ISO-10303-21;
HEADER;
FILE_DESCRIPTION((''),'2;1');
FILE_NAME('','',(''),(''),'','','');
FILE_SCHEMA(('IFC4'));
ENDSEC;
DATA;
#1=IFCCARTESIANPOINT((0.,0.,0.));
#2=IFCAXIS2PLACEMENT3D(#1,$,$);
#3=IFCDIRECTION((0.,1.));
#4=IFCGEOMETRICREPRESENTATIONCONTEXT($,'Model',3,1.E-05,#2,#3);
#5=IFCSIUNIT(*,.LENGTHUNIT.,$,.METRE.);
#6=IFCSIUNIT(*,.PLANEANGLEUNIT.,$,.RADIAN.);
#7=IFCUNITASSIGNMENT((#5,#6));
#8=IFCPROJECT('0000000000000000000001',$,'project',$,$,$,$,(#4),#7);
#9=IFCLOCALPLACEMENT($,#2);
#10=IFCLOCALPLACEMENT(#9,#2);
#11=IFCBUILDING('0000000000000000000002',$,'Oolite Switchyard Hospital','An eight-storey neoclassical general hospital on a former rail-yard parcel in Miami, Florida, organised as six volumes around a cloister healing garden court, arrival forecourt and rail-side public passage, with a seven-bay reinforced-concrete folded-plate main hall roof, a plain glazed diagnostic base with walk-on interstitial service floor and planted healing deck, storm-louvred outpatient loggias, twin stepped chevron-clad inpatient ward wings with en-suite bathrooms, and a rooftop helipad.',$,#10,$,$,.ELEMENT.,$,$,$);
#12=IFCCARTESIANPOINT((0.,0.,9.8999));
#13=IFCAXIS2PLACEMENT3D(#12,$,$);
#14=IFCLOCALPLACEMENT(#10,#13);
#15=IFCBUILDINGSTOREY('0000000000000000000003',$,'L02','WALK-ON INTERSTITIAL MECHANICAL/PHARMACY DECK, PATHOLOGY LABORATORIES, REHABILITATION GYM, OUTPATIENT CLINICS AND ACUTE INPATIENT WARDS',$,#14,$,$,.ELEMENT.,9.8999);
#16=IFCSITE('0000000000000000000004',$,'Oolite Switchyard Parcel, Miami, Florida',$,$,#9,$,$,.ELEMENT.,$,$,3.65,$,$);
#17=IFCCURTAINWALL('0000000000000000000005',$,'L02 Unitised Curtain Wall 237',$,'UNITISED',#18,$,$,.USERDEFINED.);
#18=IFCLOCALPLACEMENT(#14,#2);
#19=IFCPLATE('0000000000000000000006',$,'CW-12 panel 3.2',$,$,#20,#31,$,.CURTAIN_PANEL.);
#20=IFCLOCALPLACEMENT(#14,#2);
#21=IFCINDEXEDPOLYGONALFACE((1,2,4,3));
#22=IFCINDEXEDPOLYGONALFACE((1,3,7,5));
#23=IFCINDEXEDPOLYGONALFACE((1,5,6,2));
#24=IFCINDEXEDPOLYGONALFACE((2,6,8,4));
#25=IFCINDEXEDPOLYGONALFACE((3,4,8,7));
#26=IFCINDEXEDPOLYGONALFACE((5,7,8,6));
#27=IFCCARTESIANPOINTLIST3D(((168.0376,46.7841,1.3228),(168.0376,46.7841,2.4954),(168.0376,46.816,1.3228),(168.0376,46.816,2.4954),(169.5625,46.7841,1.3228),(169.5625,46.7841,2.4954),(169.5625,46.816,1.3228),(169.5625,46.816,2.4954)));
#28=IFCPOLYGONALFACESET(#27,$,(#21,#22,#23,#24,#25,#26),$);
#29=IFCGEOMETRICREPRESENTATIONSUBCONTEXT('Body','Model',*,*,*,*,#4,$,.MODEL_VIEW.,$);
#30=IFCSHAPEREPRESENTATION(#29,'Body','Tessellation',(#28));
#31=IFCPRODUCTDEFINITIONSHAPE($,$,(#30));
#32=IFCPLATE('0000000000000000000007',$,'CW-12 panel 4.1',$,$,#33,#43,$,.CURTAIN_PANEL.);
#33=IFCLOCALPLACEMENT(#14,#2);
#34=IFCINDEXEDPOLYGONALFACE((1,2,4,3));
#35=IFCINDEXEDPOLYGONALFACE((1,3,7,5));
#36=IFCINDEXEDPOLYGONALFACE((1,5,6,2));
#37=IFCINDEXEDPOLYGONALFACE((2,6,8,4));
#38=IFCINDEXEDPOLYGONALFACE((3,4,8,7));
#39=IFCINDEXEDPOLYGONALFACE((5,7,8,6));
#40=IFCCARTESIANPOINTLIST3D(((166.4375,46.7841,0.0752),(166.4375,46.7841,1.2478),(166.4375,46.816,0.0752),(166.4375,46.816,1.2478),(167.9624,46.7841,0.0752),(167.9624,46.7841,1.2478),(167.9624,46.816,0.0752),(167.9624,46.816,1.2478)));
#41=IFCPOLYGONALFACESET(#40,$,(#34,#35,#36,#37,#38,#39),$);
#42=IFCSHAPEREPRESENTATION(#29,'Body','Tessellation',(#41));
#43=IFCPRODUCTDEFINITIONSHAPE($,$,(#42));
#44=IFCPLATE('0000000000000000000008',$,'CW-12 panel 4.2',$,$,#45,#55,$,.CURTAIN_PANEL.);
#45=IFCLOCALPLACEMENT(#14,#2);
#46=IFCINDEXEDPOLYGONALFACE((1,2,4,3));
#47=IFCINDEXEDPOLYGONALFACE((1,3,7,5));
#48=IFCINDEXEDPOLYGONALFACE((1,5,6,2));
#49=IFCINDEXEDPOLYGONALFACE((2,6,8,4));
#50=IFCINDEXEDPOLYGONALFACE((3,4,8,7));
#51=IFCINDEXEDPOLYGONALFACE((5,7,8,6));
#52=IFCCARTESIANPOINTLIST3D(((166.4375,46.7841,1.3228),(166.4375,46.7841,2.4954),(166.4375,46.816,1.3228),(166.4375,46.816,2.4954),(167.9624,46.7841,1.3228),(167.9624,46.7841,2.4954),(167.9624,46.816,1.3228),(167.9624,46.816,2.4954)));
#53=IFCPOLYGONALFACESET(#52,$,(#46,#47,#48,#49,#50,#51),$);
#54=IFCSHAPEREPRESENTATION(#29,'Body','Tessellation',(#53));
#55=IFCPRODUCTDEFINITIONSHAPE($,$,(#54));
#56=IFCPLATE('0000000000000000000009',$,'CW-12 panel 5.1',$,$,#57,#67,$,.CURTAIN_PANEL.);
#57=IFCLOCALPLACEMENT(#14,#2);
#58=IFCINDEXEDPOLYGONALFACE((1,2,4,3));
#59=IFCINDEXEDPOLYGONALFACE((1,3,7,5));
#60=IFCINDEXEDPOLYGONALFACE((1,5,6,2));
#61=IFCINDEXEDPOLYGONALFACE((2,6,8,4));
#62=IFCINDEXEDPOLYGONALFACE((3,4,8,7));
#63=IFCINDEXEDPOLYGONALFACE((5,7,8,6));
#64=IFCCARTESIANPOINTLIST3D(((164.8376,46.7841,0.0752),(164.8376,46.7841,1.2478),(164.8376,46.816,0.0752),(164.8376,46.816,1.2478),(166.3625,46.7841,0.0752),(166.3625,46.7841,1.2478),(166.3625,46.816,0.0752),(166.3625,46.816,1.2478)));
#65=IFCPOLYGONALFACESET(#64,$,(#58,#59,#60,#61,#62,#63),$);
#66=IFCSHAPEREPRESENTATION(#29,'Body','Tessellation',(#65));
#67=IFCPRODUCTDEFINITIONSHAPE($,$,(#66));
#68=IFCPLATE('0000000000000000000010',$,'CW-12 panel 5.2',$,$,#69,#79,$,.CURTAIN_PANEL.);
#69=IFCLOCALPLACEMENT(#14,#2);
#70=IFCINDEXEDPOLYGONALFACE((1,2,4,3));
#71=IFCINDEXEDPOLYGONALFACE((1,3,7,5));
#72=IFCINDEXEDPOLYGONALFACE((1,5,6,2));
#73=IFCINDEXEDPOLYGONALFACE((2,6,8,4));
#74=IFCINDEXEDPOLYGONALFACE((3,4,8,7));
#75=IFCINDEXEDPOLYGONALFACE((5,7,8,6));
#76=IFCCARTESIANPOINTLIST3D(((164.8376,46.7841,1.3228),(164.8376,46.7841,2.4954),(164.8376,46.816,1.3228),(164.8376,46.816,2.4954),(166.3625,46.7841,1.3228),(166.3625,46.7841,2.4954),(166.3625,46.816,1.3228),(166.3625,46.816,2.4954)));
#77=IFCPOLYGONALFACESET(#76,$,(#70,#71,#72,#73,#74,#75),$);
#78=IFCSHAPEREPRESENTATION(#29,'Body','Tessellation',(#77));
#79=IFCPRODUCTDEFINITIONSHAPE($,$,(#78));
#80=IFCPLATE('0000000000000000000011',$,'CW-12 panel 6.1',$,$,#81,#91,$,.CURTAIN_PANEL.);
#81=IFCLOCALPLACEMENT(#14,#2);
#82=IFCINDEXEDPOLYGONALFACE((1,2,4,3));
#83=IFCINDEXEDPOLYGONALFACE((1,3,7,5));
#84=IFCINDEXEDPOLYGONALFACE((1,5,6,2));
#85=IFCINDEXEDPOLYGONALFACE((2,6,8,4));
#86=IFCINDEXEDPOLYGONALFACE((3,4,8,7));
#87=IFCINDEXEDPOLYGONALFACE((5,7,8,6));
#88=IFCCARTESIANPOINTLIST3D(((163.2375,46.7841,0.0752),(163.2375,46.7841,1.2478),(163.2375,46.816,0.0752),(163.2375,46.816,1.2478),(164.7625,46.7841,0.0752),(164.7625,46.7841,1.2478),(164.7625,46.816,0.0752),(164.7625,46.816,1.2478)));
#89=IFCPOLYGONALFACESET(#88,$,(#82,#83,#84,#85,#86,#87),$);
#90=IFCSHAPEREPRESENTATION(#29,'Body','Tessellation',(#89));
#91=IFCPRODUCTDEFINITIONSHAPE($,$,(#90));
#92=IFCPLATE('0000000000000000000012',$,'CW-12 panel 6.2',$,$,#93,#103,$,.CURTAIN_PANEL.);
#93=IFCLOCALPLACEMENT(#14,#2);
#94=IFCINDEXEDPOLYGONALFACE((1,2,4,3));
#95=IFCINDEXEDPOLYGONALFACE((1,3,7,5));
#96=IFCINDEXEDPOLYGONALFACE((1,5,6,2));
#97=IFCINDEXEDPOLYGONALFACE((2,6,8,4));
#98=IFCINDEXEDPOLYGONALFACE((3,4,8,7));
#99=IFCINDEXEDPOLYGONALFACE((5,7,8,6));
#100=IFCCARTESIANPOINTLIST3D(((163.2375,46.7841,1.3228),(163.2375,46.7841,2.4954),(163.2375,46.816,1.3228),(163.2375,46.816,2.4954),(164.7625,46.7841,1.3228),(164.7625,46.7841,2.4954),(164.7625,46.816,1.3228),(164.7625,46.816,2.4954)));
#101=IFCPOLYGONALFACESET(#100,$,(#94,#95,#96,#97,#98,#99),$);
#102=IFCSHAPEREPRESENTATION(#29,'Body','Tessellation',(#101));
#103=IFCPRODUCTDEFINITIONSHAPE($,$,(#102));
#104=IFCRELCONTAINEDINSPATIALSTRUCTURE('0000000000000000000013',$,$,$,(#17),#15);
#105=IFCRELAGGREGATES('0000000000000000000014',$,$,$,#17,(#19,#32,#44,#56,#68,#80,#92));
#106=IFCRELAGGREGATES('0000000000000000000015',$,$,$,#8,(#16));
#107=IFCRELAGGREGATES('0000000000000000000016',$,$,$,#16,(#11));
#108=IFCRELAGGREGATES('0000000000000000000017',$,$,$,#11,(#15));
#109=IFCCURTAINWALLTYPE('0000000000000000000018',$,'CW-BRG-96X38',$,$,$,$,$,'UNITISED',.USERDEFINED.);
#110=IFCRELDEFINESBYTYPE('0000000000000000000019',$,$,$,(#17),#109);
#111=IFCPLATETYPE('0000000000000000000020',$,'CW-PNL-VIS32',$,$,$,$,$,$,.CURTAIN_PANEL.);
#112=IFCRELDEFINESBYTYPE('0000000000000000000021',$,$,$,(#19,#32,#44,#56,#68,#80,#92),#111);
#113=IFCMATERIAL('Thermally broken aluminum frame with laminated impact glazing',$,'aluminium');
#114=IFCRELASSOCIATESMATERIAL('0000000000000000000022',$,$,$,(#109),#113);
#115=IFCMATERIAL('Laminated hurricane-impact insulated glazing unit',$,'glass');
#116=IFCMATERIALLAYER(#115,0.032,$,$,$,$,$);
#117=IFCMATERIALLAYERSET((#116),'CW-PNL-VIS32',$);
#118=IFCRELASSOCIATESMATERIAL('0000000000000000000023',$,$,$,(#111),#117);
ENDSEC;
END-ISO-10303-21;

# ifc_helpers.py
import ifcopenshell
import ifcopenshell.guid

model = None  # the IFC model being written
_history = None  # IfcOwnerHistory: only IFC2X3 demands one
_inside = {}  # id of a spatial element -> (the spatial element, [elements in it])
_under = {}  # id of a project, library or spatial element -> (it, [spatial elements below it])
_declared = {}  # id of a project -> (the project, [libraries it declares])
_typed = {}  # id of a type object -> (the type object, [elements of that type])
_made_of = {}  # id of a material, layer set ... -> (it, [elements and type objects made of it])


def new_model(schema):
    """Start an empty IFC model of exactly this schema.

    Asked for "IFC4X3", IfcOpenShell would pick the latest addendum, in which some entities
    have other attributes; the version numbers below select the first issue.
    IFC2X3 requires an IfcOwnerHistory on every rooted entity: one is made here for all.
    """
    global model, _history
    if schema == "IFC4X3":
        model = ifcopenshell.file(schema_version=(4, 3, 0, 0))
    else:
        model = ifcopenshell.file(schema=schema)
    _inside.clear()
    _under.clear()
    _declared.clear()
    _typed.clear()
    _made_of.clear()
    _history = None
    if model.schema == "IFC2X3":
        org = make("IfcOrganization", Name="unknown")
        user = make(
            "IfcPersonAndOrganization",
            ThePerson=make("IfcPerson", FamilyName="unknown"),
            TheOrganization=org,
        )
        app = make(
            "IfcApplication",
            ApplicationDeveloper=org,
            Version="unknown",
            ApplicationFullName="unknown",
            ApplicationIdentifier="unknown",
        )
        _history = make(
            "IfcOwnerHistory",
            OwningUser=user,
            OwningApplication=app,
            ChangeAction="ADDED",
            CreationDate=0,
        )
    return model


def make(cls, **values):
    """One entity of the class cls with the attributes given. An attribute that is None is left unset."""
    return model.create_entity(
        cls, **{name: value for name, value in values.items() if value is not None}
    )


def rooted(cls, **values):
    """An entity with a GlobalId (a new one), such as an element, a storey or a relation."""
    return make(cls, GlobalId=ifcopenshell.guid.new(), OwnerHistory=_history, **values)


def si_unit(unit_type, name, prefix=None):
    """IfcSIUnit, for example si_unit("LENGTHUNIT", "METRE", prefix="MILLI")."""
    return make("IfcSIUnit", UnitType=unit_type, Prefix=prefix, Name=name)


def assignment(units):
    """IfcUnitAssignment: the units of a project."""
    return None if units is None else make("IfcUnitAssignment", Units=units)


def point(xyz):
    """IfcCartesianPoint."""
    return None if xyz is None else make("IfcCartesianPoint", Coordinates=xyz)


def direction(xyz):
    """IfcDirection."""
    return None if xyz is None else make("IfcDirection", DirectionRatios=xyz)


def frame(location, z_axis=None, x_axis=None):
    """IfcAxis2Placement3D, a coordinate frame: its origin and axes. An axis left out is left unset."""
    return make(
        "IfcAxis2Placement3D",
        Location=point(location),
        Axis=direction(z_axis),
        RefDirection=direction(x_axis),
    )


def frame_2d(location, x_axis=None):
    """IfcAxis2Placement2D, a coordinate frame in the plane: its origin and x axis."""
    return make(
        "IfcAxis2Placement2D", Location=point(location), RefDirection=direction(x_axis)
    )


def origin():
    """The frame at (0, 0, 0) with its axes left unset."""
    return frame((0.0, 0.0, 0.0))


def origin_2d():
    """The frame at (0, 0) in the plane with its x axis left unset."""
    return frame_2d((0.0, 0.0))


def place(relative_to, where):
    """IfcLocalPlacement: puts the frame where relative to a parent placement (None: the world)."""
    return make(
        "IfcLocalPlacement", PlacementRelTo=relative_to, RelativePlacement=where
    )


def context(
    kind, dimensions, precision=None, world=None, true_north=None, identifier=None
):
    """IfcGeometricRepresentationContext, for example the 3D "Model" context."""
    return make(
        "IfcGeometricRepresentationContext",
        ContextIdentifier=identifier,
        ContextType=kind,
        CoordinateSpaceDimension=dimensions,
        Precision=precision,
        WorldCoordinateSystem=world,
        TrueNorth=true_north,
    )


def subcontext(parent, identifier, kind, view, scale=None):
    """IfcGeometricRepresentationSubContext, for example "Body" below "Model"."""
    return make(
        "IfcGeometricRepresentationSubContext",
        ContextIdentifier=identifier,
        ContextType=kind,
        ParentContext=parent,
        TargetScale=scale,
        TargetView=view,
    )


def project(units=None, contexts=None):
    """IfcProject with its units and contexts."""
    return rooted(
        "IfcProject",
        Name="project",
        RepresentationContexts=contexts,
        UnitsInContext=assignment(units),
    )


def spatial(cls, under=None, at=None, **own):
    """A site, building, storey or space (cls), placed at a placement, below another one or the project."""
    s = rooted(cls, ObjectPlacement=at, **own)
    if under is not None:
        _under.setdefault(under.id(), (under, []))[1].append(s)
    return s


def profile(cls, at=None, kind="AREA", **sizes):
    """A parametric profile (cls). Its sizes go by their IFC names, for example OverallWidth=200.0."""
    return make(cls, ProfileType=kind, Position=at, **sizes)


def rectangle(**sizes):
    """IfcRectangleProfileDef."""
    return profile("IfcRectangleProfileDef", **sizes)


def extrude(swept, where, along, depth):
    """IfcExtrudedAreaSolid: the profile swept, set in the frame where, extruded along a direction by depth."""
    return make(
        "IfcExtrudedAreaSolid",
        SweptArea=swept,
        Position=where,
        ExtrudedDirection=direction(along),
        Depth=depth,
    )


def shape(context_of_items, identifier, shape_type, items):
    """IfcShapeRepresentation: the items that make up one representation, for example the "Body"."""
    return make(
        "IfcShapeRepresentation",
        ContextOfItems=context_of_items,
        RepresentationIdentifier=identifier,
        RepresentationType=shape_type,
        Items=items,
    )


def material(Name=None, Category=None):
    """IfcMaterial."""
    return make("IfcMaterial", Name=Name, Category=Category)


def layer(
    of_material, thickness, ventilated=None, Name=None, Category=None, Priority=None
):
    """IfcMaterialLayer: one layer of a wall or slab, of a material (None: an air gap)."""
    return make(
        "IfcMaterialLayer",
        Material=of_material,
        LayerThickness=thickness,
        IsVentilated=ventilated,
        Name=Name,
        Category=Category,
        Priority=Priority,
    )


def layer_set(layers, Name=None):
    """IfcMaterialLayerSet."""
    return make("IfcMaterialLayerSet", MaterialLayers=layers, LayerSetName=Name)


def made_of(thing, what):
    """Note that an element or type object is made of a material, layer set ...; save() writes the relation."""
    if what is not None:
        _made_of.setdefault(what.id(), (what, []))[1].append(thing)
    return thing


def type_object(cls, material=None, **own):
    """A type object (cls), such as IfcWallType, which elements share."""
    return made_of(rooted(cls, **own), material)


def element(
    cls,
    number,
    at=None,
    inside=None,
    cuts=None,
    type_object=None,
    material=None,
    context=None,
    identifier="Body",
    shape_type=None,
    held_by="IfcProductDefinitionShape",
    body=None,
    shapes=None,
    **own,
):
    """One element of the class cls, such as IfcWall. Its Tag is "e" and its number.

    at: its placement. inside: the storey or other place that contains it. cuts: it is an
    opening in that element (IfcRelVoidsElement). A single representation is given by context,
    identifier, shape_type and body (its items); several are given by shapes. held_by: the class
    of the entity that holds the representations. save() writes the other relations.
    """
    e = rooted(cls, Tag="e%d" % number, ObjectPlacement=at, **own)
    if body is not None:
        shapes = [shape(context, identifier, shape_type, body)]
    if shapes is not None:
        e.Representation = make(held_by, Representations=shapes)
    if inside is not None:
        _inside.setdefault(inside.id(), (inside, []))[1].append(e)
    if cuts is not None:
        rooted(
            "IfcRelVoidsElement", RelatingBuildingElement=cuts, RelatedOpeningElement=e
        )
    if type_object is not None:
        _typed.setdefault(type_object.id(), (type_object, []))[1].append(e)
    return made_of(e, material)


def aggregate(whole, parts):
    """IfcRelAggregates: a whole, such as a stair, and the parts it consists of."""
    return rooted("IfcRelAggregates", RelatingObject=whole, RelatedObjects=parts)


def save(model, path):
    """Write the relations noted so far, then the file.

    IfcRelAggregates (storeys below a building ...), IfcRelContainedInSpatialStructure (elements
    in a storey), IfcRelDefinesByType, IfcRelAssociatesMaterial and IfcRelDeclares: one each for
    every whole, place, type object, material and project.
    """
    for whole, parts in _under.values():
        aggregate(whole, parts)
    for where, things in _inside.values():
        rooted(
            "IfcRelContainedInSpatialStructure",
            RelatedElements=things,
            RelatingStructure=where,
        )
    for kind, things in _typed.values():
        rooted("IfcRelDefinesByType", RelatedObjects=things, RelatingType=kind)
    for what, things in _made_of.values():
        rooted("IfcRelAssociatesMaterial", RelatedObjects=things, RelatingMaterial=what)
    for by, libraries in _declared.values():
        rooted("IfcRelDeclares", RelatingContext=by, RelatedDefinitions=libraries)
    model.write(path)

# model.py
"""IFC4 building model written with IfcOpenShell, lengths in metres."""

from ifc_helpers import new_model, si_unit, direction, frame, origin, origin_2d, place, context, subcontext, project, spatial, rectangle, extrude, material, layer, layer_set, type_object, element, aggregate, save


model = new_model("IFC4")

# Units and contexts
model_context = context("Model", 3, precision=1e-05, world=origin(), true_north=direction((0.0, 1.0)))
body_context = subcontext(model_context, "Body", "Model", "MODEL_VIEW")
ifc_project = project(units=[si_unit("LENGTHUNIT", "METRE"), si_unit("PLANEANGLEUNIT", "RADIAN")], contexts=[model_context])

# Site, building, storey
site_placement = place(None, origin())
site = spatial("IfcSite", under=ifc_project, at=site_placement, Name="Oolite Switchyard Parcel, Miami, Florida", CompositionType="ELEMENT", RefElevation=3.65)
building_placement = place(site_placement, origin())
building = spatial("IfcBuilding", under=site, at=building_placement, Name="Oolite Switchyard Hospital", Description="An eight-storey neoclassical general hospital on a former rail-yard parcel in Miami, Florida, organised as six volumes around a cloister healing garden court, arrival forecourt and rail-side public passage, with a seven-bay reinforced-concrete folded-plate main hall roof, a plain glazed diagnostic base with walk-on interstitial service floor and planted healing deck, storm-louvred outpatient loggias, twin stepped chevron-clad inpatient ward wings with en-suite bathrooms, and a rooftop helipad.", CompositionType="ELEMENT")
storey_placement = place(building_placement, frame((0.0, 0.0, 9.8999)))
storey = spatial("IfcBuildingStorey", under=building, at=storey_placement, Name="L02", Description="WALK-ON INTERSTITIAL MECHANICAL/PHARMACY DECK, PATHOLOGY LABORATORIES, REHABILITATION GYM, OUTPATIENT CLINICS AND ACUTE INPATIENT WARDS", CompositionType="ELEMENT", Elevation=9.8999)

# Curtain wall
ifc_material_1 = material(Name="Thermally broken aluminum frame with laminated impact glazing", Category="aluminium")
curtain_wall_type = type_object("IfcCurtainWallType", Name="CW-BRG-96X38", ElementType="UNITISED", PredefinedType="USERDEFINED", material=ifc_material_1)
curtain_wall_1_placement = place(storey_placement, origin())
curtain_wall_1 = element("IfcCurtainWall", 1, at=curtain_wall_1_placement, inside=storey, type_object=curtain_wall_type, Name="L02 Unitised Curtain Wall 237", ObjectType="UNITISED", PredefinedType="USERDEFINED")

# Shared definitions
ifc_material_2 = material(Name="Laminated hurricane-impact insulated glazing unit", Category="glass")
ifc_layer = layer(ifc_material_2, 0.032)
ifc_layer_set = layer_set([ifc_layer], Name="CW-PNL-VIS32")
plate_type = type_object("IfcPlateType", Name="CW-PNL-VIS32", PredefinedType="CURTAIN_PANEL", material=ifc_layer_set)

# Plates
plate_1_placement = place(storey_placement, frame((168.8, 46.8, 1.3228), z_axis=(0.0, 0.0, 1.0), x_axis=(-1.0, 0.0, 0.0)))
plate_1 = element("IfcPlate", 2, at=plate_1_placement, type_object=plate_type, Name="CW-12 panel 3.2", PredefinedType="CURTAIN_PANEL", context=body_context, shape_type="SweptSolid", body=[
    extrude(rectangle(XDim=1.5249, YDim=0.032, at=origin_2d()), origin(), (0.0, 0.0, 1.0), 1.1726),
])
plate_2_placement = place(storey_placement, frame((167.2, 46.8, 0.0752), z_axis=(0.0, 0.0, 1.0), x_axis=(-1.0, 0.0, 0.0)))
plate_2 = element("IfcPlate", 3, at=plate_2_placement, type_object=plate_type, Name="CW-12 panel 4.1", PredefinedType="CURTAIN_PANEL", context=body_context, shape_type="SweptSolid", body=[
    extrude(rectangle(XDim=1.5249, YDim=0.032, at=origin_2d()), origin(), (0.0, 0.0, 1.0), 1.1726),
])
plate_3_placement = place(storey_placement, frame((167.2, 46.8, 1.3228), z_axis=(0.0, 0.0, 1.0), x_axis=(-1.0, 0.0, 0.0)))
plate_3 = element("IfcPlate", 4, at=plate_3_placement, type_object=plate_type, Name="CW-12 panel 4.2", PredefinedType="CURTAIN_PANEL", context=body_context, shape_type="SweptSolid", body=[
    extrude(rectangle(XDim=1.5249, YDim=0.032, at=origin_2d()), origin(), (0.0, 0.0, 1.0), 1.1726),
])
plate_4_placement = place(storey_placement, frame((165.6001, 46.8, 0.0752), z_axis=(0.0, 0.0, 1.0), x_axis=(-1.0, 0.0, 0.0)))
plate_4 = element("IfcPlate", 5, at=plate_4_placement, type_object=plate_type, Name="CW-12 panel 5.1", PredefinedType="CURTAIN_PANEL", context=body_context, shape_type="SweptSolid", body=[
    extrude(rectangle(XDim=1.5249, YDim=0.032, at=origin_2d()), origin(), (0.0, 0.0, 1.0), 1.1726),
])
plate_5_placement = place(storey_placement, frame((165.6001, 46.8, 1.3228), z_axis=(0.0, 0.0, 1.0), x_axis=(-1.0, 0.0, 0.0)))
plate_5 = element("IfcPlate", 6, at=plate_5_placement, type_object=plate_type, Name="CW-12 panel 5.2", PredefinedType="CURTAIN_PANEL", context=body_context, shape_type="SweptSolid", body=[
    extrude(rectangle(XDim=1.5249, YDim=0.032, at=origin_2d()), origin(), (0.0, 0.0, 1.0), 1.1726),
])
plate_6_placement = place(storey_placement, frame((164.0, 46.8, 0.0752), z_axis=(0.0, 0.0, 1.0), x_axis=(-1.0, 0.0, 0.0)))
plate_6 = element("IfcPlate", 7, at=plate_6_placement, type_object=plate_type, Name="CW-12 panel 6.1", PredefinedType="CURTAIN_PANEL", context=body_context, shape_type="SweptSolid", body=[
    extrude(rectangle(XDim=1.5249, YDim=0.032, at=origin_2d()), origin(), (0.0, 0.0, 1.0), 1.1726),
])
plate_7_placement = place(storey_placement, frame((164.0, 46.8, 1.3228), z_axis=(0.0, 0.0, 1.0), x_axis=(-1.0, 0.0, 0.0)))
plate_7 = element("IfcPlate", 8, at=plate_7_placement, type_object=plate_type, Name="CW-12 panel 6.2", PredefinedType="CURTAIN_PANEL", context=body_context, shape_type="SweptSolid", body=[
    extrude(rectangle(XDim=1.5249, YDim=0.032, at=origin_2d()), origin(), (0.0, 0.0, 1.0), 1.1726),
])
aggregate(curtain_wall_1, [plate_1, plate_2, plate_3, plate_4, plate_5, plate_6, plate_7])

save(model, "model.ifc")
